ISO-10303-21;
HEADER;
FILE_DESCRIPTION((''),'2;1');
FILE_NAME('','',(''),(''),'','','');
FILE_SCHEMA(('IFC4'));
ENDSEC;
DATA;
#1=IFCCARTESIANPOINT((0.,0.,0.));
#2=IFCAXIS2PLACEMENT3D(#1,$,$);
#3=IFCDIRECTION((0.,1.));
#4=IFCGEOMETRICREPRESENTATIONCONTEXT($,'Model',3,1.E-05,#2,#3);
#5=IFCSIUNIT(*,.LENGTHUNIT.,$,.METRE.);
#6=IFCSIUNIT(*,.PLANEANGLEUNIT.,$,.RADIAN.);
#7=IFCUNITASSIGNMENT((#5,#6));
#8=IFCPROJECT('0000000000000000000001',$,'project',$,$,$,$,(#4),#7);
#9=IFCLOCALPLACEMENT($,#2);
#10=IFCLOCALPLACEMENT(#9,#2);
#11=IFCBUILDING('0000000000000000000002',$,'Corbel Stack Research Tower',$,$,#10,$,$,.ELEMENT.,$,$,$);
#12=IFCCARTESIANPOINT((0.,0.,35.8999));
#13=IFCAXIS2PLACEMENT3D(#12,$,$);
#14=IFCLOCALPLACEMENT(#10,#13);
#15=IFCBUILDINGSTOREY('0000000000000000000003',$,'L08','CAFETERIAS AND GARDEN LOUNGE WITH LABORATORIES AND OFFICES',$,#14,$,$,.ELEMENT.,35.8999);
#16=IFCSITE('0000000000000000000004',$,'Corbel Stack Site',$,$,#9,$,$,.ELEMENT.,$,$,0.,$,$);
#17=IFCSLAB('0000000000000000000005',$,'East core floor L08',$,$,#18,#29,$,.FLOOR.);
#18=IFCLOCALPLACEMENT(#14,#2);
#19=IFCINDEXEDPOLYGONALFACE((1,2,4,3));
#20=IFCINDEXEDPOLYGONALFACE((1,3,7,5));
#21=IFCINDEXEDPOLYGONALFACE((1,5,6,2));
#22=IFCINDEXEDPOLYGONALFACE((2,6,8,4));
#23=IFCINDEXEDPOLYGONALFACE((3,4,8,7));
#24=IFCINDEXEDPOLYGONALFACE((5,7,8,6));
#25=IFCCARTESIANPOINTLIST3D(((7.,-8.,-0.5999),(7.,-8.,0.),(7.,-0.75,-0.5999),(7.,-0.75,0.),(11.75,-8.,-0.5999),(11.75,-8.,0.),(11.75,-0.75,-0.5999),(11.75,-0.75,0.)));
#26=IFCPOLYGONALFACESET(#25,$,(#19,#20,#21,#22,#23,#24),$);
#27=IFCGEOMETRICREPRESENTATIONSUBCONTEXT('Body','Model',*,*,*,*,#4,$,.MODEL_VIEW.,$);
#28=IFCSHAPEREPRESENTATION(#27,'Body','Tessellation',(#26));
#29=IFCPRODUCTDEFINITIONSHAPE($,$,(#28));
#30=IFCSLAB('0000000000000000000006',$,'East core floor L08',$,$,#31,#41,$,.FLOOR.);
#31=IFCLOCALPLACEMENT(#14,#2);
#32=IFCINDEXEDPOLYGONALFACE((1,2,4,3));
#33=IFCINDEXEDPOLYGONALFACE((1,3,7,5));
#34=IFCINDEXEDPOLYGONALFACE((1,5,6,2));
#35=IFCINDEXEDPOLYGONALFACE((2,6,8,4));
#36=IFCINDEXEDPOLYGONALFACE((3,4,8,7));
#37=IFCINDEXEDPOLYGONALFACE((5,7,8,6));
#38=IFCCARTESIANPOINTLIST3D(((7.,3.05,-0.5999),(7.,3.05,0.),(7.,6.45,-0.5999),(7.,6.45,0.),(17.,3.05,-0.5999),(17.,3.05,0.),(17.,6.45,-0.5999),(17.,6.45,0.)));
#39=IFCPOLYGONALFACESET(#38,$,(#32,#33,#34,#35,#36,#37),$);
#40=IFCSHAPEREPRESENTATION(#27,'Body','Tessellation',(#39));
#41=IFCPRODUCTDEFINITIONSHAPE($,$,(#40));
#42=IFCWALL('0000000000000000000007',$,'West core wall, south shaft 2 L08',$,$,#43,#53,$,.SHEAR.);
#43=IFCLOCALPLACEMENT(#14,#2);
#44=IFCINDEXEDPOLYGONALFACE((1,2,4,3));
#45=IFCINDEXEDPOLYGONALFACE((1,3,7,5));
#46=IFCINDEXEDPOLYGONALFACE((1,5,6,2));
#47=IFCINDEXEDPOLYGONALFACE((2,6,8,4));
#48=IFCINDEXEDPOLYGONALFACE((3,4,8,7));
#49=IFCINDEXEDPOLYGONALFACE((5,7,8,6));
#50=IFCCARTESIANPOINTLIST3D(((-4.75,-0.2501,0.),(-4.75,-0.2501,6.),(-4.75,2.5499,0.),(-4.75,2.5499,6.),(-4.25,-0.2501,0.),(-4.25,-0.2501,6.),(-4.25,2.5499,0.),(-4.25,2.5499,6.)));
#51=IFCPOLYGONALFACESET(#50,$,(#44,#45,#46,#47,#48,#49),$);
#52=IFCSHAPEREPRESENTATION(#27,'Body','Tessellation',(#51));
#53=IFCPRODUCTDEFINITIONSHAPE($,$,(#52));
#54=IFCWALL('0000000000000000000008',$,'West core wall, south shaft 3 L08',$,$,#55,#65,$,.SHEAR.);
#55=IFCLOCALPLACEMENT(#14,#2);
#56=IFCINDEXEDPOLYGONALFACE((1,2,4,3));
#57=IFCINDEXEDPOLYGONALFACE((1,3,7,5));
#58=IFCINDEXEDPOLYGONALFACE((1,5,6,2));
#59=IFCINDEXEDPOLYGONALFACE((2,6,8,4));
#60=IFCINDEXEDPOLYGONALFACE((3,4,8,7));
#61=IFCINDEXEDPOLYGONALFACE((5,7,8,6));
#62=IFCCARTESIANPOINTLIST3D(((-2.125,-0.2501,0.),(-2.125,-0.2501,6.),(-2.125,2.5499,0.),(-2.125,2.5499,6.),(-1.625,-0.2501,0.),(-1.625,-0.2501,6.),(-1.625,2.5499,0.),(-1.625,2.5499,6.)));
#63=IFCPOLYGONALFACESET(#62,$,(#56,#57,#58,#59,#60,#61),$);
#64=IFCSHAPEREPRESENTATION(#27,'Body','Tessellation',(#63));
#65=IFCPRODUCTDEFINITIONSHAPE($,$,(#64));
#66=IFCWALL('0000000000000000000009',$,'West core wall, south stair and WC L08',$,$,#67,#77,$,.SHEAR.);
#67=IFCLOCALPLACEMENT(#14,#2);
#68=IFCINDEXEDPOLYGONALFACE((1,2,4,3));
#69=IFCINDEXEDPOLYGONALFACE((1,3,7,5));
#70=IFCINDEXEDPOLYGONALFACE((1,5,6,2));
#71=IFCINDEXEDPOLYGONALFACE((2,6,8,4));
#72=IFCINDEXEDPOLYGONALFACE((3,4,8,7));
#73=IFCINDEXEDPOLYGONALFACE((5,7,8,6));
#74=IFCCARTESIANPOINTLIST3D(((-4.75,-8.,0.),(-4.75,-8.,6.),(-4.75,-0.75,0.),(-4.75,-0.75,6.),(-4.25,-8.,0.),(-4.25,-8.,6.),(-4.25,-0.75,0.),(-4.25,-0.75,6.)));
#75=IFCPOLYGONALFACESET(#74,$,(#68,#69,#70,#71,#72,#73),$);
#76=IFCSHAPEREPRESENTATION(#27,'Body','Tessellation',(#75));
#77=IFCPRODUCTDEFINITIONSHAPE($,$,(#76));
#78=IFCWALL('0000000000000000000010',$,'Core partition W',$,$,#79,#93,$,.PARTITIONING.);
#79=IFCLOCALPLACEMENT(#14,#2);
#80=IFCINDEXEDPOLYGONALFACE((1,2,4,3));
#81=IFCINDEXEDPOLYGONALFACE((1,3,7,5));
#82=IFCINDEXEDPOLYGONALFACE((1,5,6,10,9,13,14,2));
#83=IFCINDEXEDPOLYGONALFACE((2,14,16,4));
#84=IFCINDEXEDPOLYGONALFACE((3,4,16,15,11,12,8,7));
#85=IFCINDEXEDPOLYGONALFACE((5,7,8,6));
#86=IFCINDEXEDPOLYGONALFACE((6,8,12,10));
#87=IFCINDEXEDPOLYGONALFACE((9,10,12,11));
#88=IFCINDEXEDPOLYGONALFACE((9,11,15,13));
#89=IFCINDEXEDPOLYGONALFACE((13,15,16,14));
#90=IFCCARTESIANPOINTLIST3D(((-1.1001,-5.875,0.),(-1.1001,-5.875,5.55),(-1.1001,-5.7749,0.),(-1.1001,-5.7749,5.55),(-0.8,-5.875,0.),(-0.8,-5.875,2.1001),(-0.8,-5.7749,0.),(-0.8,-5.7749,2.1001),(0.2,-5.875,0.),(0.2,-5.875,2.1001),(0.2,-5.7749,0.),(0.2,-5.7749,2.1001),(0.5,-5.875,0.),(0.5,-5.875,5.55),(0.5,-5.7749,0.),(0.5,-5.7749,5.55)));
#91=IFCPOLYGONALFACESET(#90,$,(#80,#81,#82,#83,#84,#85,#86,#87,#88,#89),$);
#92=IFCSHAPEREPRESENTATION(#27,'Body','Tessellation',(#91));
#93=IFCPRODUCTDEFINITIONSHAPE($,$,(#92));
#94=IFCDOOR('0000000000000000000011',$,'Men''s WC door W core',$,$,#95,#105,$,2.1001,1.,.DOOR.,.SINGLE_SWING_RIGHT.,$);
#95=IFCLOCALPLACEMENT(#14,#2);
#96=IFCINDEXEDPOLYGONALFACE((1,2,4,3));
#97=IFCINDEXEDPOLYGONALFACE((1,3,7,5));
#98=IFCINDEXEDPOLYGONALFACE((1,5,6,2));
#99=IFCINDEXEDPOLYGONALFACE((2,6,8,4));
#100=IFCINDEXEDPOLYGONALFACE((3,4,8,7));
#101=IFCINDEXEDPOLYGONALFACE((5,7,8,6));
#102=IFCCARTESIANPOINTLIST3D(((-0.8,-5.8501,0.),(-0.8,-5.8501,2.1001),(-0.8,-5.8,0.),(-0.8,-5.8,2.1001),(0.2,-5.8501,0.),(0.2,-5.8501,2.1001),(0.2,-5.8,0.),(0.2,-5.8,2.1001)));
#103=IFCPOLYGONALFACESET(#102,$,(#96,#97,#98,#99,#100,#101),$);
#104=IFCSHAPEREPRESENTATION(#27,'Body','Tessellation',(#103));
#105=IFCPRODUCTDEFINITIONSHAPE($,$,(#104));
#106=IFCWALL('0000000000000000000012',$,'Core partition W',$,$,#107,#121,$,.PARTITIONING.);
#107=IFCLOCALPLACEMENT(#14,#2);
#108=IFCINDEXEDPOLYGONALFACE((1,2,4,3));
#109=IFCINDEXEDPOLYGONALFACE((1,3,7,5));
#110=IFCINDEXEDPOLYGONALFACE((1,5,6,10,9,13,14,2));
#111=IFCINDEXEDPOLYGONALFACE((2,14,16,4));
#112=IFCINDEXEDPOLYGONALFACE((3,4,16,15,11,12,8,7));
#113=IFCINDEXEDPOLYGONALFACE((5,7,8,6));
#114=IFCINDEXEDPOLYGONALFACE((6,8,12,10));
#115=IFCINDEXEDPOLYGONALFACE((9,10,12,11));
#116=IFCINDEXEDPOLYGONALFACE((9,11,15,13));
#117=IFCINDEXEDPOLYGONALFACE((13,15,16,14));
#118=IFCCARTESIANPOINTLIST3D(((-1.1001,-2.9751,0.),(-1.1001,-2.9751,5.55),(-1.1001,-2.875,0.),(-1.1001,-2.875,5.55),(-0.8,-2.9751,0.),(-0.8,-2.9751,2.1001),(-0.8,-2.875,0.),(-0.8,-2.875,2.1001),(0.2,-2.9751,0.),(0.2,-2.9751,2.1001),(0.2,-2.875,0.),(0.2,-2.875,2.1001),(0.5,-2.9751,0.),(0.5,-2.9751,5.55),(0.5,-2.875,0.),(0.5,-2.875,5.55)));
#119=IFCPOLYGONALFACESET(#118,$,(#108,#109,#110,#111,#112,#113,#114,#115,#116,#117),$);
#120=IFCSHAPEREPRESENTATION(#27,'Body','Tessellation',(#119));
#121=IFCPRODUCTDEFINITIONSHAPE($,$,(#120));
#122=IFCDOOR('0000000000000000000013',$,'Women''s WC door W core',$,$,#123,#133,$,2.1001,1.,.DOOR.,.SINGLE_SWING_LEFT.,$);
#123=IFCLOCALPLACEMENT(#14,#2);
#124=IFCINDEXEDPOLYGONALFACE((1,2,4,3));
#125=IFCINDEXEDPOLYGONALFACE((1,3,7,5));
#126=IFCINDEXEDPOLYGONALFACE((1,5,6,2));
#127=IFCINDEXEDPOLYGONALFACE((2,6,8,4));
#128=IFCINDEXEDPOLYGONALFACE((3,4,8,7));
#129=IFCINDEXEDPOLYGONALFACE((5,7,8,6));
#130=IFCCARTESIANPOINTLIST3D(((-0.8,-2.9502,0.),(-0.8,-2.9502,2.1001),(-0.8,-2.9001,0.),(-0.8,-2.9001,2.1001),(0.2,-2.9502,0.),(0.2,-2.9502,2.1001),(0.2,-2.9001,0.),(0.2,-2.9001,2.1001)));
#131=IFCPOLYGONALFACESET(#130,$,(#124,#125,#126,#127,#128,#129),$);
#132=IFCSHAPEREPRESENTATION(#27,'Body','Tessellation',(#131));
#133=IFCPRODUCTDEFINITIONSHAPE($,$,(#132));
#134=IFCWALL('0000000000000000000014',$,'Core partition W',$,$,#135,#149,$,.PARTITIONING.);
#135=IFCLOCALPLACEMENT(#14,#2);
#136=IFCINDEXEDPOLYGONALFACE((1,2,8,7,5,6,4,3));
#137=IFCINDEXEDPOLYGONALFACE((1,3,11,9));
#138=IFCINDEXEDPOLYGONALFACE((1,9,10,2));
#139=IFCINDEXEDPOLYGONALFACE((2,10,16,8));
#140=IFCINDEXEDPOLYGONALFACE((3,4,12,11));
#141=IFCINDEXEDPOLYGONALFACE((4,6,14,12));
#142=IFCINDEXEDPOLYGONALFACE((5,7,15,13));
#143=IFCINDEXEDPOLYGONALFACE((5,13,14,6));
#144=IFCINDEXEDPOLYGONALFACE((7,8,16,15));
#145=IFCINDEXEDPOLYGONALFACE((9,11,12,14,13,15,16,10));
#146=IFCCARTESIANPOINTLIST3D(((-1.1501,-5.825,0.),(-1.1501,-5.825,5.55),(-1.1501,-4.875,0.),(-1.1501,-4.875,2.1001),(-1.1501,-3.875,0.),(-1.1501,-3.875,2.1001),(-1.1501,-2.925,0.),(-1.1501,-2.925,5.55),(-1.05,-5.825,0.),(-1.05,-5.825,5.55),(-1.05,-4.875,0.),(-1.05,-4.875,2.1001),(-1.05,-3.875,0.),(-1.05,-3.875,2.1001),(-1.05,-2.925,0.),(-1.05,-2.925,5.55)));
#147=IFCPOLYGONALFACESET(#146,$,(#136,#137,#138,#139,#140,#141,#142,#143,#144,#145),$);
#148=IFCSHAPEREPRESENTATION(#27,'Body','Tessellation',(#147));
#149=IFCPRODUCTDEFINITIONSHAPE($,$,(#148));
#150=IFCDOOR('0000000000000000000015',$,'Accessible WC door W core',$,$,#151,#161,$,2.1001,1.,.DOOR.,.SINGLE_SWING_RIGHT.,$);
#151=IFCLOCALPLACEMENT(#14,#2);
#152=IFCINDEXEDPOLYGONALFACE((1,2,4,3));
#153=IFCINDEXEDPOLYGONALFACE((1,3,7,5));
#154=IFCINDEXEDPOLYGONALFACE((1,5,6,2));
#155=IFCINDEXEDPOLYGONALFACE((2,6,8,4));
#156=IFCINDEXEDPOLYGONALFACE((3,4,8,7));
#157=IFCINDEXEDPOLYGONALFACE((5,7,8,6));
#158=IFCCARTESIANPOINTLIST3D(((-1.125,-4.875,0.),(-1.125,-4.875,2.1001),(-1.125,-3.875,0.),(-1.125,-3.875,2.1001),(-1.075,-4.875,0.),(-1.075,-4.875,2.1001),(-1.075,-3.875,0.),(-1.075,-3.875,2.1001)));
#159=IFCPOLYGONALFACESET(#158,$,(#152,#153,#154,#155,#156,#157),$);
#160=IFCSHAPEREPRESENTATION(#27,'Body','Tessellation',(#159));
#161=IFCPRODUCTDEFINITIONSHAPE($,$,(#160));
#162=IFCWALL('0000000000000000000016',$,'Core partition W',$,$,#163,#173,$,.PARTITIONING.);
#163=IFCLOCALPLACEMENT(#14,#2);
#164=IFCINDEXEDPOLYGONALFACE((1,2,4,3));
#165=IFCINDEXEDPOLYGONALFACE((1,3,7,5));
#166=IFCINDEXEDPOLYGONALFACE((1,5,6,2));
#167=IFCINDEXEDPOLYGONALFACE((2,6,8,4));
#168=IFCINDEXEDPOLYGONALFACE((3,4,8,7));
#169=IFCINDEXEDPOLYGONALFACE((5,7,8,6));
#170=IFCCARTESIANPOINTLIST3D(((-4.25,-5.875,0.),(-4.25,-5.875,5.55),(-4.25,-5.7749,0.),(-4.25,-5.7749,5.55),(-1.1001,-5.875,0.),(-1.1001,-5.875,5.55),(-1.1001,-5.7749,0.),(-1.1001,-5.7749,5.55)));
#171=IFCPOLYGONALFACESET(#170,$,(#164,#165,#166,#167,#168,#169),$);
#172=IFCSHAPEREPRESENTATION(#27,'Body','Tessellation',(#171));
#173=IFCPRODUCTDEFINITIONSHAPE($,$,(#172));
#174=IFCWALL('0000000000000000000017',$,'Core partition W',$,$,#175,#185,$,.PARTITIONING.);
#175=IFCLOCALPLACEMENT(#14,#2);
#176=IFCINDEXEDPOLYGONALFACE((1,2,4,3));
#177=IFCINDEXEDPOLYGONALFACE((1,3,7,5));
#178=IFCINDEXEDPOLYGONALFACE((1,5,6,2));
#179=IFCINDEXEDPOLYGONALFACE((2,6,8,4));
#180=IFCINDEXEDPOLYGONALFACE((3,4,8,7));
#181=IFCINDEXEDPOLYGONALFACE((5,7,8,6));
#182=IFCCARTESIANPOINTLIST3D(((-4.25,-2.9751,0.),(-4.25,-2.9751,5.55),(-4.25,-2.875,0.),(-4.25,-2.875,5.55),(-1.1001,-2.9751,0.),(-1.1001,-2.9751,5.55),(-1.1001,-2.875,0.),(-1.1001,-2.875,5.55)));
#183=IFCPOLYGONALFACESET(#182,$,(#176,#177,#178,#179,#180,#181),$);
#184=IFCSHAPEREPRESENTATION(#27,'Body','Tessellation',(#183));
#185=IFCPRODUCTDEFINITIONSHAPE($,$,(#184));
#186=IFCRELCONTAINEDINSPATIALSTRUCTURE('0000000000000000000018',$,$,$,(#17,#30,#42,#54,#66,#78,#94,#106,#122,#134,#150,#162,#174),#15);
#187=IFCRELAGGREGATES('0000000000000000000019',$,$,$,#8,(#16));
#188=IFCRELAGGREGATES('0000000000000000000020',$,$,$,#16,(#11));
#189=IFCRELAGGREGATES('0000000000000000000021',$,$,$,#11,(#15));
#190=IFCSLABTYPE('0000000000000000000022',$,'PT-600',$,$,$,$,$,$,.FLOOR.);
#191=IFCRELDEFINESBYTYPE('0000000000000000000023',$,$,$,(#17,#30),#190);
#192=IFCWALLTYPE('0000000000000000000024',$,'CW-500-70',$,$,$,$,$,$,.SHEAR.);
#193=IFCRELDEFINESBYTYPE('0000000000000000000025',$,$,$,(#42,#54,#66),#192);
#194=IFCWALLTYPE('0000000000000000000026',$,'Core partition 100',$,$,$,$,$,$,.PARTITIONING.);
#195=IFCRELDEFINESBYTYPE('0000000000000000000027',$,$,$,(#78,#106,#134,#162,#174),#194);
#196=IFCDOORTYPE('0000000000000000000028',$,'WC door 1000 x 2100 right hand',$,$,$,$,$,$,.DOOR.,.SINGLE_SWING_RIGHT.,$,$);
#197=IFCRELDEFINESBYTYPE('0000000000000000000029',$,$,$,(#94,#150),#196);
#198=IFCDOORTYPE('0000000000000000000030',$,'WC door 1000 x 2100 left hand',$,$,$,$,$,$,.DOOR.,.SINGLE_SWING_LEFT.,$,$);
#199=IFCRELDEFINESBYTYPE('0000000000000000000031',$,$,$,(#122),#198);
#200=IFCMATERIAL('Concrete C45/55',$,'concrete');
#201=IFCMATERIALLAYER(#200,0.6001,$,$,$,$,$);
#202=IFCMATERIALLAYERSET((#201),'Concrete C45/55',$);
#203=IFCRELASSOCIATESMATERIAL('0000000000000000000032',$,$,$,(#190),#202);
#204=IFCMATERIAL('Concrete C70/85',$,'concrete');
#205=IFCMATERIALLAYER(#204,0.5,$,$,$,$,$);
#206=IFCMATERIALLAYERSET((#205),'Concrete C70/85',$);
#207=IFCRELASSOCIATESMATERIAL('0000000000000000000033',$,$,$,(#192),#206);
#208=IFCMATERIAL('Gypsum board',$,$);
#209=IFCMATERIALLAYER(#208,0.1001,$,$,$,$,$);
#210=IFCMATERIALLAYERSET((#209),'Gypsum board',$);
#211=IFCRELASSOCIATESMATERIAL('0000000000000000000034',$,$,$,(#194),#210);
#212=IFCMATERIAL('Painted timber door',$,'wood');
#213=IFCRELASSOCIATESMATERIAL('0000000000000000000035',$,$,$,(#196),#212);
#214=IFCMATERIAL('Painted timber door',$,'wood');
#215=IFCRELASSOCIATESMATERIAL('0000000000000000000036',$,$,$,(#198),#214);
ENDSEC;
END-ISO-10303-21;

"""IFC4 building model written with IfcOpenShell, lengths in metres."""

from ifc_helpers import new_model, si_unit, direction, frame, frame_2d, origin, place, context, subcontext, project, spatial, polyline, rectangle, outline, extrude, material, layer, layer_set, type_object, element, fill, save


model = new_model("IFC4")

# Units and contexts
model_context = context("Model", 3, precision=1e-05, world=origin(), true_north=direction((0.0, 1.0)))
body_context = subcontext(model_context, "Body", "Model", "MODEL_VIEW")
ifc_project = project(units=[si_unit("LENGTHUNIT", "METRE"), si_unit("PLANEANGLEUNIT", "RADIAN")], contexts=[model_context])

# Site, building, storey
site_placement = place(None, origin())
site = spatial("IfcSite", under=ifc_project, at=site_placement, Name="Corbel Stack Site", CompositionType="ELEMENT", RefElevation=0.0)
building_placement = place(site_placement, origin())
building = spatial("IfcBuilding", under=site, at=building_placement, Name="Corbel Stack Research Tower", CompositionType="ELEMENT")
storey_placement = place(building_placement, frame((0.0, 0.0, 35.8999)))
storey = spatial("IfcBuildingStorey", under=building, at=storey_placement, Name="L08", Description="CAFETERIAS AND GARDEN LOUNGE WITH LABORATORIES AND OFFICES", CompositionType="ELEMENT", Elevation=35.8999)

# Slabs
ifc_material_1 = material(Name="Concrete C45/55", Category="concrete")
ifc_layer_1 = layer(ifc_material_1, 0.6001)
ifc_layer_set_1 = layer_set([ifc_layer_1], Name="Concrete C45/55")
slab_type = type_object("IfcSlabType", Name="PT-600", PredefinedType="FLOOR", material=ifc_layer_set_1)
slab_1_placement = place(storey_placement, frame((0.0, 0.0, -0.5999)))
element("IfcSlab", 1, at=slab_1_placement, inside=storey, type_object=slab_type, Name="East core floor L08", PredefinedType="FLOOR", context=body_context, shape_type="SweptSolid", body=[
    extrude(outline(polyline([(7.0, -0.75), (7.0, -8.0), (11.75, -8.0), (11.75, -0.75), (7.0, -0.75)])), origin(), (0.0, 0.0, 1.0), 0.5999),
])
slab_2_placement = place(storey_placement, frame((0.0, 0.0, -0.5999)))
element("IfcSlab", 2, at=slab_2_placement, inside=storey, type_object=slab_type, Name="East core floor L08", PredefinedType="FLOOR", context=body_context, shape_type="SweptSolid", body=[
    extrude(outline(polyline([(7.0, 6.45), (7.0, 3.05), (17.0, 3.05), (17.0, 6.45), (7.0, 6.45)])), origin(), (0.0, 0.0, 1.0), 0.5999),
])

# Walls
ifc_material_2 = material(Name="Concrete C70/85", Category="concrete")
ifc_layer_2 = layer(ifc_material_2, 0.5)
ifc_layer_set_2 = layer_set([ifc_layer_2], Name="Concrete C70/85")
wall_type_1 = type_object("IfcWallType", Name="CW-500-70", PredefinedType="SHEAR", material=ifc_layer_set_2)
for number, where, z_axis, x_axis, name in (
    (3, (-4.5, -0.25, 0.0), (0.0, 0.0, 1.0), (0.0, 1.0, 0.0), "West core wall, south shaft 2 L08"),
    (4, (-1.875, -0.25, 0.0), (0.0, 0.0, 1.0), (0.0, 1.0, 0.0), "West core wall, south shaft 3 L08"),
):
    element("IfcWall", number, at=place(storey_placement, frame(where, z_axis=z_axis, x_axis=x_axis)), inside=storey, type_object=wall_type_1, Name=name, PredefinedType="SHEAR", context=body_context, shape_type="SweptSolid", body=[
        extrude(rectangle(XDim=2.8, YDim=0.5, at=frame_2d((1.3999, 0.0))), origin(), (0.0, 0.0, 1.0), 6.0),
    ])
wall_1_placement = place(storey_placement, frame((-4.5, -8.0, 0.0), z_axis=(0.0, 0.0, 1.0), x_axis=(0.0, 1.0, 0.0)))
element("IfcWall", 5, at=wall_1_placement, inside=storey, type_object=wall_type_1, Name="West core wall, south stair and WC L08", PredefinedType="SHEAR", context=body_context, shape_type="SweptSolid", body=[
    extrude(rectangle(XDim=7.25, YDim=0.5, at=frame_2d((3.625, 0.0))), origin(), (0.0, 0.0, 1.0), 6.0),
])

# Walls, openings, doors
ifc_material_3 = material(Name="Gypsum board")
ifc_layer_3 = layer(ifc_material_3, 0.1001)
ifc_layer_set_3 = layer_set([ifc_layer_3], Name="Gypsum board")
wall_type_2 = type_object("IfcWallType", Name="Core partition 100", PredefinedType="PARTITIONING", material=ifc_layer_set_3)
wall_2_placement = place(storey_placement, frame((-1.1001, -5.825, 0.0), z_axis=(0.0, 0.0, 1.0), x_axis=(1.0, 0.0, 0.0)))
wall_2 = element("IfcWall", 6, at=wall_2_placement, inside=storey, type_object=wall_type_2, Name="Core partition W", PredefinedType="PARTITIONING", context=body_context, shape_type="SweptSolid", body=[
    extrude(rectangle(XDim=1.6001, YDim=0.1001, at=frame_2d((0.8, 0.0))), origin(), (0.0, 0.0, 1.0), 5.55),
])
opening_1_placement = place(wall_2_placement, frame((0.3, 0.0, 0.0)))
opening_1 = element("IfcOpeningElement", 7, at=opening_1_placement, cuts=wall_2, PredefinedType="OPENING", context=body_context, shape_type="SweptSolid", body=[
    extrude(rectangle(XDim=1.0, YDim=2.1001, at=frame_2d((0.5, 1.05))), frame((0.0, 0.0601, 0.0), z_axis=(0.0, -1.0, 0.0), x_axis=(1.0, 0.0, 0.0)), (0.0, 0.0, 1.0), 0.1201),
])
ifc_material_4 = material(Name="Painted timber door", Category="wood")
door_type_1 = type_object("IfcDoorType", Name="WC door 1000 x 2100 right hand", OperationType="SINGLE_SWING_RIGHT", PredefinedType="DOOR", material=ifc_material_4)
door_1_placement = place(opening_1_placement, origin())
door_1 = element("IfcDoor", 8, at=door_1_placement, inside=storey, type_object=door_type_1, Name="Men's WC door W core", OperationType="SINGLE_SWING_RIGHT", OverallHeight=2.1001, OverallWidth=1.0, PredefinedType="DOOR", context=body_context, shape_type="SweptSolid", body=[
    extrude(rectangle(XDim=1.0, YDim=2.1001, at=frame_2d((0.5, 1.05))), frame((0.0, 0.0249, 0.0), z_axis=(0.0, -1.0, 0.0), x_axis=(1.0, 0.0, 0.0)), (0.0, 0.0, 1.0), 0.05),
])
fill(opening_1, door_1)
wall_3_placement = place(storey_placement, frame((-1.1001, -2.925, 0.0), z_axis=(0.0, 0.0, 1.0), x_axis=(1.0, 0.0, 0.0)))
wall_3 = element("IfcWall", 9, at=wall_3_placement, inside=storey, type_object=wall_type_2, Name="Core partition W", PredefinedType="PARTITIONING", context=body_context, shape_type="SweptSolid", body=[
    extrude(rectangle(XDim=1.6001, YDim=0.1001, at=frame_2d((0.8, 0.0))), origin(), (0.0, 0.0, 1.0), 5.55),
])
opening_2_placement = place(wall_3_placement, frame((0.3, 0.0, 0.0)))
opening_2 = element("IfcOpeningElement", 10, at=opening_2_placement, cuts=wall_3, PredefinedType="OPENING", context=body_context, shape_type="SweptSolid", body=[
    extrude(rectangle(XDim=1.0, YDim=2.1001, at=frame_2d((0.5, 1.05))), frame((0.0, 0.0601, 0.0), z_axis=(0.0, -1.0, 0.0), x_axis=(1.0, 0.0, 0.0)), (0.0, 0.0, 1.0), 0.1201),
])
ifc_material_5 = material(Name="Painted timber door", Category="wood")
door_type_2 = type_object("IfcDoorType", Name="WC door 1000 x 2100 left hand", OperationType="SINGLE_SWING_LEFT", PredefinedType="DOOR", material=ifc_material_5)
door_2_placement = place(opening_2_placement, origin())
door_2 = element("IfcDoor", 11, at=door_2_placement, inside=storey, type_object=door_type_2, Name="Women's WC door W core", OperationType="SINGLE_SWING_LEFT", OverallHeight=2.1001, OverallWidth=1.0, PredefinedType="DOOR", context=body_context, shape_type="SweptSolid", body=[
    extrude(rectangle(XDim=1.0, YDim=2.1001, at=frame_2d((0.5, 1.05))), frame((0.0, 0.0249, 0.0), z_axis=(0.0, -1.0, 0.0), x_axis=(1.0, 0.0, 0.0)), (0.0, 0.0, 1.0), 0.05),
])
fill(opening_2, door_2)
wall_4_placement = place(storey_placement, frame((-1.1001, -5.825, 0.0), z_axis=(0.0, 0.0, 1.0), x_axis=(0.0, 1.0, 0.0)))
wall_4 = element("IfcWall", 12, at=wall_4_placement, inside=storey, type_object=wall_type_2, Name="Core partition W", PredefinedType="PARTITIONING", context=body_context, shape_type="SweptSolid", body=[
    extrude(rectangle(XDim=2.8999, YDim=0.1001, at=frame_2d((1.45, 0.0))), origin(), (0.0, 0.0, 1.0), 5.55),
])
opening_3_placement = place(wall_4_placement, frame((0.95, 0.0, 0.0)))
opening_3 = element("IfcOpeningElement", 13, at=opening_3_placement, cuts=wall_4, PredefinedType="OPENING", context=body_context, shape_type="SweptSolid", body=[
    extrude(rectangle(XDim=1.0, YDim=2.1001, at=frame_2d((0.5, 1.05))), frame((0.0, 0.0601, 0.0), z_axis=(0.0, -1.0, 0.0), x_axis=(1.0, 0.0, 0.0)), (0.0, 0.0, 1.0), 0.1201),
])
door_3_placement = place(opening_3_placement, origin())
door_3 = element("IfcDoor", 14, at=door_3_placement, inside=storey, type_object=door_type_1, Name="Accessible WC door W core", OperationType="SINGLE_SWING_RIGHT", OverallHeight=2.1001, OverallWidth=1.0, PredefinedType="DOOR", context=body_context, shape_type="SweptSolid", body=[
    extrude(rectangle(XDim=1.0, YDim=2.1001, at=frame_2d((0.5, 1.05))), frame((0.0, 0.0249, 0.0), z_axis=(0.0, -1.0, 0.0), x_axis=(1.0, 0.0, 0.0)), (0.0, 0.0, 1.0), 0.05),
])
fill(opening_3, door_3)

# Walls
for number, where, z_axis, x_axis, name in (
    (15, (-4.25, -5.825, 0.0), (0.0, 0.0, 1.0), (1.0, 0.0, 0.0), "Core partition W"),
    (16, (-4.25, -2.925, 0.0), (0.0, 0.0, 1.0), (1.0, 0.0, 0.0), "Core partition W"),
):
    element("IfcWall", number, at=place(storey_placement, frame(where, z_axis=z_axis, x_axis=x_axis)), inside=storey, type_object=wall_type_2, Name=name, PredefinedType="PARTITIONING", context=body_context, shape_type="SweptSolid", body=[
        extrude(rectangle(XDim=3.1499, YDim=0.1001, at=frame_2d((1.575, 0.0))), origin(), (0.0, 0.0, 1.0), 5.55),
    ])

save(model, "model.ifc")
